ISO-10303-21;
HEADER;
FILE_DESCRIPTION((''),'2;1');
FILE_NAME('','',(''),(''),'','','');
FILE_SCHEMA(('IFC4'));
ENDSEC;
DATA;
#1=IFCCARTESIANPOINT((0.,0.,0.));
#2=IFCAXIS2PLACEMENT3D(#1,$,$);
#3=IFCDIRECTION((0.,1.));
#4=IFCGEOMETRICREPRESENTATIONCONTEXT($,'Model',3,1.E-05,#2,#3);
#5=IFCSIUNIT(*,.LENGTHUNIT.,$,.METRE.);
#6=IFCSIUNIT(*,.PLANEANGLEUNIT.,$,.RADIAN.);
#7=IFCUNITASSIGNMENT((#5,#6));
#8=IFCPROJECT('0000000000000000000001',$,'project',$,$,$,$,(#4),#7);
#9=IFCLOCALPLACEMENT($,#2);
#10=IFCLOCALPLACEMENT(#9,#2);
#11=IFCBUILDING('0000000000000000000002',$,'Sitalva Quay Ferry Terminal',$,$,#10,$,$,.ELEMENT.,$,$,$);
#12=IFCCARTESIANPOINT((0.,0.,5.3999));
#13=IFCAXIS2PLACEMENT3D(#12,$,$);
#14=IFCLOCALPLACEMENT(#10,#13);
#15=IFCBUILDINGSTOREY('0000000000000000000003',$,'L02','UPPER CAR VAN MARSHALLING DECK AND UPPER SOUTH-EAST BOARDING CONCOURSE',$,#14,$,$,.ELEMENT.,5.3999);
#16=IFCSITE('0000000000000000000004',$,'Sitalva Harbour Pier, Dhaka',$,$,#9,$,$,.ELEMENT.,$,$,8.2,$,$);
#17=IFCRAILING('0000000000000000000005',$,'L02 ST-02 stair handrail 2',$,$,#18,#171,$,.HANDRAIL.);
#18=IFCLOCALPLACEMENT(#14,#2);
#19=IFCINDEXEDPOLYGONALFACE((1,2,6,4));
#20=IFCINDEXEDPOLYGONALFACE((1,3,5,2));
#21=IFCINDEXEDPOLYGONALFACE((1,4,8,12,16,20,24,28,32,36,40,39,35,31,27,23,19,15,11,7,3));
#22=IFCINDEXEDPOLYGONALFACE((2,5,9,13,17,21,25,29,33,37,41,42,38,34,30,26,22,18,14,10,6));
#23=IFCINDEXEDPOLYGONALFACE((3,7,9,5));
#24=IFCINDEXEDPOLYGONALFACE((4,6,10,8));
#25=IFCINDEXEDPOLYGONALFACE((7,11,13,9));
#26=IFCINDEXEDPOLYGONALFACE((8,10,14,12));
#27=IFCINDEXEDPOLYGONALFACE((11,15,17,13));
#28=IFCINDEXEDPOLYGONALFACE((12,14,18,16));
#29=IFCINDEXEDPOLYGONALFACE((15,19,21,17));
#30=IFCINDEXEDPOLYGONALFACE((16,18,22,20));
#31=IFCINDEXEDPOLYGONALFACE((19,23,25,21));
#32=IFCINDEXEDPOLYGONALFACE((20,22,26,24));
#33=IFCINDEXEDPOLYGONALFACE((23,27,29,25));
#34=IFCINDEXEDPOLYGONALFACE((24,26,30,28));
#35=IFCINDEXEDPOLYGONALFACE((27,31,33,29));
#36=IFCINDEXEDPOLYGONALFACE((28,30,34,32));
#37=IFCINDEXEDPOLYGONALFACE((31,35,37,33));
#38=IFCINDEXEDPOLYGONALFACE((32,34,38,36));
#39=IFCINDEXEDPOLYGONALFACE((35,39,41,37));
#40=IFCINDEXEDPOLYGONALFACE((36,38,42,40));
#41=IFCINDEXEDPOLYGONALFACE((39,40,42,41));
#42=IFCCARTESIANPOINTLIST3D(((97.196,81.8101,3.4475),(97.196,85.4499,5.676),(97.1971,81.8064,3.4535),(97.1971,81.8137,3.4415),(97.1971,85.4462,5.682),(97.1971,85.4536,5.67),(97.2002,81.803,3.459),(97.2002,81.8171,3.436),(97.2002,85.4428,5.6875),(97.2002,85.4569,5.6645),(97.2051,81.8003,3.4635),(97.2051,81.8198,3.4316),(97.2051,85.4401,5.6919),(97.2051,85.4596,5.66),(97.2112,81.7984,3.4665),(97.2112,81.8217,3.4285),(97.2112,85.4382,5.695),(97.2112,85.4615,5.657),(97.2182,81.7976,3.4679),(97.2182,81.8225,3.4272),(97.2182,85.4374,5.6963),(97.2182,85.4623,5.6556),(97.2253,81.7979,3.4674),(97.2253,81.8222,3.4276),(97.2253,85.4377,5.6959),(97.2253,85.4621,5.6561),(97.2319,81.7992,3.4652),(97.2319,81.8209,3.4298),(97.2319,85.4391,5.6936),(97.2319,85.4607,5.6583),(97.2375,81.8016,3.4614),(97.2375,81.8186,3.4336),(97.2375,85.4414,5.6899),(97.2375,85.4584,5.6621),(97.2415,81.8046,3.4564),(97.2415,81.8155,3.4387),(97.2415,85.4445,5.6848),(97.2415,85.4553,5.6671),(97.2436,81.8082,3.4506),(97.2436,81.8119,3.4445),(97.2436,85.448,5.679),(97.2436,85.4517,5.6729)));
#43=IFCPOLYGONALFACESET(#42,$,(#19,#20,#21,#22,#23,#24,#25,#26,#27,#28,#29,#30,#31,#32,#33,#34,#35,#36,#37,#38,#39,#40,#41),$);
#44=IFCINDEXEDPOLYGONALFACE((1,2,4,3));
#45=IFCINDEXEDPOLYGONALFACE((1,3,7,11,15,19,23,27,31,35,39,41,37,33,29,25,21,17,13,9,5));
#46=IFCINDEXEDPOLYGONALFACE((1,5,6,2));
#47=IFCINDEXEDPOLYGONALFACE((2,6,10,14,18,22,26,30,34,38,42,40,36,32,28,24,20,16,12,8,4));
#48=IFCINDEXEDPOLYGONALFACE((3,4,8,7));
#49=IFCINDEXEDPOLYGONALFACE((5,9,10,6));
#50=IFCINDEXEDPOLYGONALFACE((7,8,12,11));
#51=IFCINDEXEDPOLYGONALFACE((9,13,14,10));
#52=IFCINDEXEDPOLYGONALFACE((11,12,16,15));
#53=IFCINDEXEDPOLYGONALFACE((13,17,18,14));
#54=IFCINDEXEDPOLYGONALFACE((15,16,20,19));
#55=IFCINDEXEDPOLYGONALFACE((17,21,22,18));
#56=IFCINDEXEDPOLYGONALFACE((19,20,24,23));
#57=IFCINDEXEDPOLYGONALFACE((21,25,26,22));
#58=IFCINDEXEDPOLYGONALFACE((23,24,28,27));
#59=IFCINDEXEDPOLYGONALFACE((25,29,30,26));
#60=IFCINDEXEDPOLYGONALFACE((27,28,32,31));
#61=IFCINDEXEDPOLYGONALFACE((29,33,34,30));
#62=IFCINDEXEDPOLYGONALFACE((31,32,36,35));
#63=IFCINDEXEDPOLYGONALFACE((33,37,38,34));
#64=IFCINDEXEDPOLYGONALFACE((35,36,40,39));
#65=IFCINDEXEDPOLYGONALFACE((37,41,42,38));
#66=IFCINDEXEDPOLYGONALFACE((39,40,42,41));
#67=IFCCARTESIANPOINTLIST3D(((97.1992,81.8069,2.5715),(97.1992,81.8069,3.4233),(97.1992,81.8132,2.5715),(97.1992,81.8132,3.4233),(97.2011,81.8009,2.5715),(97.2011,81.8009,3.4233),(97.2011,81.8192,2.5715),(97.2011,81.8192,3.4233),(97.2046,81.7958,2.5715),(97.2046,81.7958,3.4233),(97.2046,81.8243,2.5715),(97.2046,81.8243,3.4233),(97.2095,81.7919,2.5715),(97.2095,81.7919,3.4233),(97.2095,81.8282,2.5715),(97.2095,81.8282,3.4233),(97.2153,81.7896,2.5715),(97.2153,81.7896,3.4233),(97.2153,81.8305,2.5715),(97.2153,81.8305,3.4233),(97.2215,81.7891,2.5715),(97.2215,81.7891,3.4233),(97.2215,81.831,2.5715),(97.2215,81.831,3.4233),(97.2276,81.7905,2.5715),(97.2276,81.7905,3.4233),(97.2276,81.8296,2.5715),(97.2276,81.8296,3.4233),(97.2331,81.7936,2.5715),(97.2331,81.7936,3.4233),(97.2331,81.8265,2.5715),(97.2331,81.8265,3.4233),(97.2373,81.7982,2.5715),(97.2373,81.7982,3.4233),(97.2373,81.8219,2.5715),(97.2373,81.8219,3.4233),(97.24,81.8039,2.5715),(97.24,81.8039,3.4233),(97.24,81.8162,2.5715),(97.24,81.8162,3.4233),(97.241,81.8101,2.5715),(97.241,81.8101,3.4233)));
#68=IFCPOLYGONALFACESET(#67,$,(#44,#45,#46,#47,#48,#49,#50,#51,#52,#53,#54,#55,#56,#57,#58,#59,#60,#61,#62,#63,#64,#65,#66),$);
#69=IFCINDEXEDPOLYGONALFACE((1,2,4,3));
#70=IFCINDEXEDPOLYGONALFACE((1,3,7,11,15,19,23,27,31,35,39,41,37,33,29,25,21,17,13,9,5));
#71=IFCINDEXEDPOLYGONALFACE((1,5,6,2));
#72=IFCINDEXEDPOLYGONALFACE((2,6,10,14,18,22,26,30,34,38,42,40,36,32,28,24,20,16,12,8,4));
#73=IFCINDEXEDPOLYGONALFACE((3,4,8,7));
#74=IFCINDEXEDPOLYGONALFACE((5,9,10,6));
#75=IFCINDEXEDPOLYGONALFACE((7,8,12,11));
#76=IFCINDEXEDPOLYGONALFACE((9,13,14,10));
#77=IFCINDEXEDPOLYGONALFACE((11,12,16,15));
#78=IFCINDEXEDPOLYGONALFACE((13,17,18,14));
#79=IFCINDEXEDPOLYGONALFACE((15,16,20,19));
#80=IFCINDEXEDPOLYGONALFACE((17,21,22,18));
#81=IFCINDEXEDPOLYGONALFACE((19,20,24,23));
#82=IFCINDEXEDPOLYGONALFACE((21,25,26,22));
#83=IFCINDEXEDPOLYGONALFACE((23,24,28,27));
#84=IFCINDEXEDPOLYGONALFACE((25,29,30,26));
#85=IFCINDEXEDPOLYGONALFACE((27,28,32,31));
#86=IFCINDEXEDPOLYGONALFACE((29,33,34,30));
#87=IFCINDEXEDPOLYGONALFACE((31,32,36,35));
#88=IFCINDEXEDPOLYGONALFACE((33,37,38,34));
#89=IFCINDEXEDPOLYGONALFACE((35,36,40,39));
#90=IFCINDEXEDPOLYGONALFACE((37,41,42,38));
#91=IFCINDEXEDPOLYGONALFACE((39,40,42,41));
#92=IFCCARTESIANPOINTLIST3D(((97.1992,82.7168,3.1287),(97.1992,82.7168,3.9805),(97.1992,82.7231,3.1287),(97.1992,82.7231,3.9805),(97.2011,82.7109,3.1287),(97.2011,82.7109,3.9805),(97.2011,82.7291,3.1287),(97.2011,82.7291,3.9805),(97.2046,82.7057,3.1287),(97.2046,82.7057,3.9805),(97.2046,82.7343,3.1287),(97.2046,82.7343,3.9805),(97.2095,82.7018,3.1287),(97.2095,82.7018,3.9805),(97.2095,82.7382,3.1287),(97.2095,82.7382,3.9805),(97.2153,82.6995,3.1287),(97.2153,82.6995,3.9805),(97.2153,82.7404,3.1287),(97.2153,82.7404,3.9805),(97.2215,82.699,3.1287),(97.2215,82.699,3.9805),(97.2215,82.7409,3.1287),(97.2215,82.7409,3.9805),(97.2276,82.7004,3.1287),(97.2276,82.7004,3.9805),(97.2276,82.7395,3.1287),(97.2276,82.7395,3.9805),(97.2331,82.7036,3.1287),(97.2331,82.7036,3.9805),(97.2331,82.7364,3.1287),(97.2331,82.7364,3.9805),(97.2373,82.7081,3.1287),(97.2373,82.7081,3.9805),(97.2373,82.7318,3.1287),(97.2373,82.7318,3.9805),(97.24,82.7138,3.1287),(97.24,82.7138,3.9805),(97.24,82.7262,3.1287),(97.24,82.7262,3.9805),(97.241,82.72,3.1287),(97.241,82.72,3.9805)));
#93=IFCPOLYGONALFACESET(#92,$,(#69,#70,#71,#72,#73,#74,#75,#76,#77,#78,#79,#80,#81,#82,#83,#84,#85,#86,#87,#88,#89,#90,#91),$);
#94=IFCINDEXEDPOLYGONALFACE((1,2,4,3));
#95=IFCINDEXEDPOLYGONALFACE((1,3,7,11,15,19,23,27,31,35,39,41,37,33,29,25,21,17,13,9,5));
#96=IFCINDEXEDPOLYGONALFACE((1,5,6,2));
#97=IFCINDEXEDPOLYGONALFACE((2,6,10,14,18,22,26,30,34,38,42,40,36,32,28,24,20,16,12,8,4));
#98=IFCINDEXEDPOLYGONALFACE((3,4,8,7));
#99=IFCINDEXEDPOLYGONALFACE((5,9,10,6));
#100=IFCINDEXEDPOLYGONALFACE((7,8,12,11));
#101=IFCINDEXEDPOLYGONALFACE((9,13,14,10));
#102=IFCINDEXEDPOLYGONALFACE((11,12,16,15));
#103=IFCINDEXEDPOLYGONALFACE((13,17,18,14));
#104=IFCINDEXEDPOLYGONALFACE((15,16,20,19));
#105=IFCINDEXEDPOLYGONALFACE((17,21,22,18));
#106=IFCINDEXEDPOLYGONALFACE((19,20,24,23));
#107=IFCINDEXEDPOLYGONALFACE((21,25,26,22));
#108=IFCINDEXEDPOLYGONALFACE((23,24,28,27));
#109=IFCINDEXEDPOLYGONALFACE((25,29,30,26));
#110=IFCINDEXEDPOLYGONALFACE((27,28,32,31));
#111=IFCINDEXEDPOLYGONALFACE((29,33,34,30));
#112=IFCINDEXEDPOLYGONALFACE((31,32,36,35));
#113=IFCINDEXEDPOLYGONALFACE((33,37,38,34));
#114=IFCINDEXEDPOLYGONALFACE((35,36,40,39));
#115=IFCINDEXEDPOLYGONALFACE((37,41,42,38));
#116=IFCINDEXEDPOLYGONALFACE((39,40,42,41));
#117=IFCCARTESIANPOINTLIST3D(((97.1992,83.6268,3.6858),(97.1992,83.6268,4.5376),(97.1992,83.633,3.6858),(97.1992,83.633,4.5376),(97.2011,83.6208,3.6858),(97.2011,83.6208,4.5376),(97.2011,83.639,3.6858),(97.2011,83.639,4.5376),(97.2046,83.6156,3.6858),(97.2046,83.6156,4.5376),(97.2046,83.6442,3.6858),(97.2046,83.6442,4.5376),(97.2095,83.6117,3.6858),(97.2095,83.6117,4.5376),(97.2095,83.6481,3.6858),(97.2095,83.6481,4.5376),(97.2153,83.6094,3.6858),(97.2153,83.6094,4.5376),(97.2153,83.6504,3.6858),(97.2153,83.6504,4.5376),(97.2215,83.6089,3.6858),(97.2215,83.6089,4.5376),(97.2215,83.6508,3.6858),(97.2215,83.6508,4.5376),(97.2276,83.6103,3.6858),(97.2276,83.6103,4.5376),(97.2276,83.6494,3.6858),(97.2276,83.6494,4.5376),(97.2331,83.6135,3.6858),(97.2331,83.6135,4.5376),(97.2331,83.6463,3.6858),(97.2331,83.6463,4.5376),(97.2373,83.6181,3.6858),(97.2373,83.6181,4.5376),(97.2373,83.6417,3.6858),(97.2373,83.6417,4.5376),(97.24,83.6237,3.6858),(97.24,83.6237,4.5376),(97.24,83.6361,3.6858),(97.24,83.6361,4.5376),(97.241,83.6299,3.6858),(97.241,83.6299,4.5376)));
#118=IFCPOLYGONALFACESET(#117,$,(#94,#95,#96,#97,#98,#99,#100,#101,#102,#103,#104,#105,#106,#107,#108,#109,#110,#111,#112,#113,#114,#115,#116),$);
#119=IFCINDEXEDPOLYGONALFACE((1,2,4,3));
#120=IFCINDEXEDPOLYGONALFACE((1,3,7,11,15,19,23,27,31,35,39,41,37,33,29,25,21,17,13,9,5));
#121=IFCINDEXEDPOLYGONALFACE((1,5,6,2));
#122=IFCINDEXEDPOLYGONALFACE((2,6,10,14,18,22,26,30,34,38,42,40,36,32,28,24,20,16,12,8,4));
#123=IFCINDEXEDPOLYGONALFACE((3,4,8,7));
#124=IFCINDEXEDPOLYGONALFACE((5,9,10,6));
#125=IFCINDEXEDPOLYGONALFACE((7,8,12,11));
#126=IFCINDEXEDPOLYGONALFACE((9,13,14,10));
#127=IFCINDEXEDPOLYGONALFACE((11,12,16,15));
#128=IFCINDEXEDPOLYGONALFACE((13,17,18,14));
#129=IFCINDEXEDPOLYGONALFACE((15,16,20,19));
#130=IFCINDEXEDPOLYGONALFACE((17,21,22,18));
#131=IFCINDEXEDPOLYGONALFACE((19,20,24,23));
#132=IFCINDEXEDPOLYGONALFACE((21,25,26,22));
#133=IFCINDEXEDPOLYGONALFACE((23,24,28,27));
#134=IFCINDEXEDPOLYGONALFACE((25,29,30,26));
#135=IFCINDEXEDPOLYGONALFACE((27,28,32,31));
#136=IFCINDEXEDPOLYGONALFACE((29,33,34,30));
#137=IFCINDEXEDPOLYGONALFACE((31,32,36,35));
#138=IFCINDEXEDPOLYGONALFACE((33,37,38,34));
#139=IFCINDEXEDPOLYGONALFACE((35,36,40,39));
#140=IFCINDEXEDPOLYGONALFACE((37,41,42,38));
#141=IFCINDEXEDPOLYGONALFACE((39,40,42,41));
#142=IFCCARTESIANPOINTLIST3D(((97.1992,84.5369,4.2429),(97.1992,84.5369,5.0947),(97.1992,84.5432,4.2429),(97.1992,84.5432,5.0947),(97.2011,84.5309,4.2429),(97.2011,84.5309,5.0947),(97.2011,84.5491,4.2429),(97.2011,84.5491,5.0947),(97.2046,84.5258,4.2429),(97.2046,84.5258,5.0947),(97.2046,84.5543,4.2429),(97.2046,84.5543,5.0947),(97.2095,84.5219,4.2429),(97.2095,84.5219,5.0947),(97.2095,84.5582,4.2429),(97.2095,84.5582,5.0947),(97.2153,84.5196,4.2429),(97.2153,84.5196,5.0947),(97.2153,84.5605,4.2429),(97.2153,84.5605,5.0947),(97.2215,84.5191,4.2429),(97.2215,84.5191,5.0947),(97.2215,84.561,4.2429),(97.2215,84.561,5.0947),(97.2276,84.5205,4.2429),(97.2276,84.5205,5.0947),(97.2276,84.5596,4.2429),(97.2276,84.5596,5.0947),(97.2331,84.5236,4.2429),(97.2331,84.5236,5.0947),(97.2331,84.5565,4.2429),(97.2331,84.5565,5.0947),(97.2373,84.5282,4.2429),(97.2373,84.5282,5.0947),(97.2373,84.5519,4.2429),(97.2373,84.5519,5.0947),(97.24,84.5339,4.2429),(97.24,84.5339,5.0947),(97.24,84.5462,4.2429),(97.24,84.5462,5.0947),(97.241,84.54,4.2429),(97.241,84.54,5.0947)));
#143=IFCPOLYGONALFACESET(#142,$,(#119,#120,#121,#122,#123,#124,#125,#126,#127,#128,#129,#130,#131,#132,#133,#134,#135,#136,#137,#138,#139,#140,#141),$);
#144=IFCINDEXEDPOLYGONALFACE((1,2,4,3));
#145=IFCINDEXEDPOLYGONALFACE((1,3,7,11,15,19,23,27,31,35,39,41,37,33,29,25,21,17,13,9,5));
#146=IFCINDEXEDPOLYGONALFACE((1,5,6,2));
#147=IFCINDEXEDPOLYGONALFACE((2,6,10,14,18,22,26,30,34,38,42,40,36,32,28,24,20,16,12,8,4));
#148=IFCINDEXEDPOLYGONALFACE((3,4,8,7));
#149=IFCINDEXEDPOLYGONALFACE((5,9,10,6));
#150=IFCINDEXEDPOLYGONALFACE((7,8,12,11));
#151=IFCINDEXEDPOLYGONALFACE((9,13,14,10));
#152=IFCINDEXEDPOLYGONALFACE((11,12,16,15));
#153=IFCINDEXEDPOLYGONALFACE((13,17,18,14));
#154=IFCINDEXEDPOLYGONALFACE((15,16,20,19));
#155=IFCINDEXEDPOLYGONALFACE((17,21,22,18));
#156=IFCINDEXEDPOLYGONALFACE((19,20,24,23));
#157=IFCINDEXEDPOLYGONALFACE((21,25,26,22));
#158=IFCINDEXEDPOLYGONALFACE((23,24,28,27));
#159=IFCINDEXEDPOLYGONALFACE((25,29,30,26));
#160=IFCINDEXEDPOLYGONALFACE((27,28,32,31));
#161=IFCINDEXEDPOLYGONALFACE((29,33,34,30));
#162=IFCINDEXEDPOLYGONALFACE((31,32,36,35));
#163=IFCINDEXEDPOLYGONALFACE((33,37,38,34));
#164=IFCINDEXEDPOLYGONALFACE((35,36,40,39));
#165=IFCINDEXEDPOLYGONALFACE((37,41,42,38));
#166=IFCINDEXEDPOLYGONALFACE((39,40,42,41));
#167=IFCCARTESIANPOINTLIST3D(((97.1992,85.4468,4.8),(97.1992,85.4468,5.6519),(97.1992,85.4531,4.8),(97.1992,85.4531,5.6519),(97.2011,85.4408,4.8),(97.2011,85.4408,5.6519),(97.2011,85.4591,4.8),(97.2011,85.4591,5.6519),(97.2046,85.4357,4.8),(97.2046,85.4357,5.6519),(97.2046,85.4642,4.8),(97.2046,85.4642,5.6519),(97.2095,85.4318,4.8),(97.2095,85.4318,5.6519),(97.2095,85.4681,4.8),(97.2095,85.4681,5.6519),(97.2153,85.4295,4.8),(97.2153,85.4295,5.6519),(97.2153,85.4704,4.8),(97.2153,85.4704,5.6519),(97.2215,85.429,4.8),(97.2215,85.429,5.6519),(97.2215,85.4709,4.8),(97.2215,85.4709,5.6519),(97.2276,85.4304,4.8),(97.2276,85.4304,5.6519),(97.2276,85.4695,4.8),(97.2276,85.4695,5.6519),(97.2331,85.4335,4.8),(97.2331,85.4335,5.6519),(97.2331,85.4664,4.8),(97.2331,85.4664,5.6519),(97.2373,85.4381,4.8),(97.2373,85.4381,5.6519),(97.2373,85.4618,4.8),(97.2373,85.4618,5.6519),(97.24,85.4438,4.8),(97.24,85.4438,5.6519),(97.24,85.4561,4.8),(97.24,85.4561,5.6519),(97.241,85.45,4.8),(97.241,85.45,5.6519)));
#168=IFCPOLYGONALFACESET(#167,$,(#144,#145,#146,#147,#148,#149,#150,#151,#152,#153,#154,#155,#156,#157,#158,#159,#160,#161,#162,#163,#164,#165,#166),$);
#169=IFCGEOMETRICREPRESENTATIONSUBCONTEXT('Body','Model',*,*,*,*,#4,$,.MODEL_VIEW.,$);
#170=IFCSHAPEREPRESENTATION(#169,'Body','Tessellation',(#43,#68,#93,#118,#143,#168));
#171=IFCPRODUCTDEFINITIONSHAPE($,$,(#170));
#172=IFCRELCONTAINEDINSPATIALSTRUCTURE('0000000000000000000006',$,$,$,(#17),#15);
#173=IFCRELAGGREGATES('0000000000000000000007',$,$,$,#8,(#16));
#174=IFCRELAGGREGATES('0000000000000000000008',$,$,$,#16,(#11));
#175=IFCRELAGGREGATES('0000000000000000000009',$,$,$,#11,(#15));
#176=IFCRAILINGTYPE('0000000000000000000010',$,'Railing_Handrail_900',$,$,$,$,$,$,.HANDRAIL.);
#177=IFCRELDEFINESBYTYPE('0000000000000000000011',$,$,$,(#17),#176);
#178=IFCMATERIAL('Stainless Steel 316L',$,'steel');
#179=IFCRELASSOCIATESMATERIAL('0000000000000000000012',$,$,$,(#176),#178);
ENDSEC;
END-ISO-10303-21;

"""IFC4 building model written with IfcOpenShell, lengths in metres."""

from ifc_helpers import new_model, si_unit, direction, frame, origin, origin_2d, place, context, subcontext, project, spatial, circle, extrude, material, type_object, element, save


model = new_model("IFC4")

# Units and contexts
model_context = context("Model", 3, precision=1e-05, world=origin(), true_north=direction((0.0, 1.0)))
body_context = subcontext(model_context, "Body", "Model", "MODEL_VIEW")
ifc_project = project(units=[si_unit("LENGTHUNIT", "METRE"), si_unit("PLANEANGLEUNIT", "RADIAN")], contexts=[model_context])

# Site, building, storey
site_placement = place(None, origin())
site = spatial("IfcSite", under=ifc_project, at=site_placement, Name="Sitalva Harbour Pier, Dhaka", CompositionType="ELEMENT", RefElevation=8.2)
building_placement = place(site_placement, origin())
building = spatial("IfcBuilding", under=site, at=building_placement, Name="Sitalva Quay Ferry Terminal", CompositionType="ELEMENT")
storey_placement = place(building_placement, frame((0.0, 0.0, 5.3999)))
storey = spatial("IfcBuildingStorey", under=building, at=storey_placement, Name="L02", Description="UPPER CAR VAN MARSHALLING DECK AND UPPER SOUTH-EAST BOARDING CONCOURSE", CompositionType="ELEMENT", Elevation=5.3999)

# Railing
ifc_material_1 = material(Name="Stainless Steel 316L", Category="steel")
railing_type_1 = type_object("IfcRailingType", Name="Railing_Handrail_900", PredefinedType="HANDRAIL", material=ifc_material_1)
railing_1_placement = place(storey_placement, frame((97.22, 81.8101, 2.5715)))
element("IfcRailing", 1, at=railing_1_placement, inside=storey, type_object=railing_type_1, Name="L02 ST-02 stair handrail 2", PredefinedType="HANDRAIL", context=body_context, shape_type="SweptSolid", body=[
    extrude(circle(Radius=0.0239, at=origin_2d()), frame((0.0, 0.0, 0.876), z_axis=(0.0, 0.85285, 0.522156), x_axis=(-1.0, 0.0, 0.0)), (0.0, 0.0, 1.0), 4.2678),
    extrude(circle(Radius=0.021, at=origin_2d()), origin(), (0.0, 0.0, 1.0), 0.8518),
    extrude(circle(Radius=0.021, at=origin_2d()), frame((0.0, 0.9099, 0.5571)), (0.0, 0.0, 1.0), 0.8518),
    extrude(circle(Radius=0.021, at=origin_2d()), frame((0.0, 1.8198, 1.1143)), (0.0, 0.0, 1.0), 0.8518),
    extrude(circle(Radius=0.021, at=origin_2d()), frame((0.0, 2.73, 1.6714)), (0.0, 0.0, 1.0), 0.8518),
    extrude(circle(Radius=0.021, at=origin_2d()), frame((0.0, 3.6399, 2.2285)), (0.0, 0.0, 1.0), 0.8518),
])

save(model, "model.ifc")
